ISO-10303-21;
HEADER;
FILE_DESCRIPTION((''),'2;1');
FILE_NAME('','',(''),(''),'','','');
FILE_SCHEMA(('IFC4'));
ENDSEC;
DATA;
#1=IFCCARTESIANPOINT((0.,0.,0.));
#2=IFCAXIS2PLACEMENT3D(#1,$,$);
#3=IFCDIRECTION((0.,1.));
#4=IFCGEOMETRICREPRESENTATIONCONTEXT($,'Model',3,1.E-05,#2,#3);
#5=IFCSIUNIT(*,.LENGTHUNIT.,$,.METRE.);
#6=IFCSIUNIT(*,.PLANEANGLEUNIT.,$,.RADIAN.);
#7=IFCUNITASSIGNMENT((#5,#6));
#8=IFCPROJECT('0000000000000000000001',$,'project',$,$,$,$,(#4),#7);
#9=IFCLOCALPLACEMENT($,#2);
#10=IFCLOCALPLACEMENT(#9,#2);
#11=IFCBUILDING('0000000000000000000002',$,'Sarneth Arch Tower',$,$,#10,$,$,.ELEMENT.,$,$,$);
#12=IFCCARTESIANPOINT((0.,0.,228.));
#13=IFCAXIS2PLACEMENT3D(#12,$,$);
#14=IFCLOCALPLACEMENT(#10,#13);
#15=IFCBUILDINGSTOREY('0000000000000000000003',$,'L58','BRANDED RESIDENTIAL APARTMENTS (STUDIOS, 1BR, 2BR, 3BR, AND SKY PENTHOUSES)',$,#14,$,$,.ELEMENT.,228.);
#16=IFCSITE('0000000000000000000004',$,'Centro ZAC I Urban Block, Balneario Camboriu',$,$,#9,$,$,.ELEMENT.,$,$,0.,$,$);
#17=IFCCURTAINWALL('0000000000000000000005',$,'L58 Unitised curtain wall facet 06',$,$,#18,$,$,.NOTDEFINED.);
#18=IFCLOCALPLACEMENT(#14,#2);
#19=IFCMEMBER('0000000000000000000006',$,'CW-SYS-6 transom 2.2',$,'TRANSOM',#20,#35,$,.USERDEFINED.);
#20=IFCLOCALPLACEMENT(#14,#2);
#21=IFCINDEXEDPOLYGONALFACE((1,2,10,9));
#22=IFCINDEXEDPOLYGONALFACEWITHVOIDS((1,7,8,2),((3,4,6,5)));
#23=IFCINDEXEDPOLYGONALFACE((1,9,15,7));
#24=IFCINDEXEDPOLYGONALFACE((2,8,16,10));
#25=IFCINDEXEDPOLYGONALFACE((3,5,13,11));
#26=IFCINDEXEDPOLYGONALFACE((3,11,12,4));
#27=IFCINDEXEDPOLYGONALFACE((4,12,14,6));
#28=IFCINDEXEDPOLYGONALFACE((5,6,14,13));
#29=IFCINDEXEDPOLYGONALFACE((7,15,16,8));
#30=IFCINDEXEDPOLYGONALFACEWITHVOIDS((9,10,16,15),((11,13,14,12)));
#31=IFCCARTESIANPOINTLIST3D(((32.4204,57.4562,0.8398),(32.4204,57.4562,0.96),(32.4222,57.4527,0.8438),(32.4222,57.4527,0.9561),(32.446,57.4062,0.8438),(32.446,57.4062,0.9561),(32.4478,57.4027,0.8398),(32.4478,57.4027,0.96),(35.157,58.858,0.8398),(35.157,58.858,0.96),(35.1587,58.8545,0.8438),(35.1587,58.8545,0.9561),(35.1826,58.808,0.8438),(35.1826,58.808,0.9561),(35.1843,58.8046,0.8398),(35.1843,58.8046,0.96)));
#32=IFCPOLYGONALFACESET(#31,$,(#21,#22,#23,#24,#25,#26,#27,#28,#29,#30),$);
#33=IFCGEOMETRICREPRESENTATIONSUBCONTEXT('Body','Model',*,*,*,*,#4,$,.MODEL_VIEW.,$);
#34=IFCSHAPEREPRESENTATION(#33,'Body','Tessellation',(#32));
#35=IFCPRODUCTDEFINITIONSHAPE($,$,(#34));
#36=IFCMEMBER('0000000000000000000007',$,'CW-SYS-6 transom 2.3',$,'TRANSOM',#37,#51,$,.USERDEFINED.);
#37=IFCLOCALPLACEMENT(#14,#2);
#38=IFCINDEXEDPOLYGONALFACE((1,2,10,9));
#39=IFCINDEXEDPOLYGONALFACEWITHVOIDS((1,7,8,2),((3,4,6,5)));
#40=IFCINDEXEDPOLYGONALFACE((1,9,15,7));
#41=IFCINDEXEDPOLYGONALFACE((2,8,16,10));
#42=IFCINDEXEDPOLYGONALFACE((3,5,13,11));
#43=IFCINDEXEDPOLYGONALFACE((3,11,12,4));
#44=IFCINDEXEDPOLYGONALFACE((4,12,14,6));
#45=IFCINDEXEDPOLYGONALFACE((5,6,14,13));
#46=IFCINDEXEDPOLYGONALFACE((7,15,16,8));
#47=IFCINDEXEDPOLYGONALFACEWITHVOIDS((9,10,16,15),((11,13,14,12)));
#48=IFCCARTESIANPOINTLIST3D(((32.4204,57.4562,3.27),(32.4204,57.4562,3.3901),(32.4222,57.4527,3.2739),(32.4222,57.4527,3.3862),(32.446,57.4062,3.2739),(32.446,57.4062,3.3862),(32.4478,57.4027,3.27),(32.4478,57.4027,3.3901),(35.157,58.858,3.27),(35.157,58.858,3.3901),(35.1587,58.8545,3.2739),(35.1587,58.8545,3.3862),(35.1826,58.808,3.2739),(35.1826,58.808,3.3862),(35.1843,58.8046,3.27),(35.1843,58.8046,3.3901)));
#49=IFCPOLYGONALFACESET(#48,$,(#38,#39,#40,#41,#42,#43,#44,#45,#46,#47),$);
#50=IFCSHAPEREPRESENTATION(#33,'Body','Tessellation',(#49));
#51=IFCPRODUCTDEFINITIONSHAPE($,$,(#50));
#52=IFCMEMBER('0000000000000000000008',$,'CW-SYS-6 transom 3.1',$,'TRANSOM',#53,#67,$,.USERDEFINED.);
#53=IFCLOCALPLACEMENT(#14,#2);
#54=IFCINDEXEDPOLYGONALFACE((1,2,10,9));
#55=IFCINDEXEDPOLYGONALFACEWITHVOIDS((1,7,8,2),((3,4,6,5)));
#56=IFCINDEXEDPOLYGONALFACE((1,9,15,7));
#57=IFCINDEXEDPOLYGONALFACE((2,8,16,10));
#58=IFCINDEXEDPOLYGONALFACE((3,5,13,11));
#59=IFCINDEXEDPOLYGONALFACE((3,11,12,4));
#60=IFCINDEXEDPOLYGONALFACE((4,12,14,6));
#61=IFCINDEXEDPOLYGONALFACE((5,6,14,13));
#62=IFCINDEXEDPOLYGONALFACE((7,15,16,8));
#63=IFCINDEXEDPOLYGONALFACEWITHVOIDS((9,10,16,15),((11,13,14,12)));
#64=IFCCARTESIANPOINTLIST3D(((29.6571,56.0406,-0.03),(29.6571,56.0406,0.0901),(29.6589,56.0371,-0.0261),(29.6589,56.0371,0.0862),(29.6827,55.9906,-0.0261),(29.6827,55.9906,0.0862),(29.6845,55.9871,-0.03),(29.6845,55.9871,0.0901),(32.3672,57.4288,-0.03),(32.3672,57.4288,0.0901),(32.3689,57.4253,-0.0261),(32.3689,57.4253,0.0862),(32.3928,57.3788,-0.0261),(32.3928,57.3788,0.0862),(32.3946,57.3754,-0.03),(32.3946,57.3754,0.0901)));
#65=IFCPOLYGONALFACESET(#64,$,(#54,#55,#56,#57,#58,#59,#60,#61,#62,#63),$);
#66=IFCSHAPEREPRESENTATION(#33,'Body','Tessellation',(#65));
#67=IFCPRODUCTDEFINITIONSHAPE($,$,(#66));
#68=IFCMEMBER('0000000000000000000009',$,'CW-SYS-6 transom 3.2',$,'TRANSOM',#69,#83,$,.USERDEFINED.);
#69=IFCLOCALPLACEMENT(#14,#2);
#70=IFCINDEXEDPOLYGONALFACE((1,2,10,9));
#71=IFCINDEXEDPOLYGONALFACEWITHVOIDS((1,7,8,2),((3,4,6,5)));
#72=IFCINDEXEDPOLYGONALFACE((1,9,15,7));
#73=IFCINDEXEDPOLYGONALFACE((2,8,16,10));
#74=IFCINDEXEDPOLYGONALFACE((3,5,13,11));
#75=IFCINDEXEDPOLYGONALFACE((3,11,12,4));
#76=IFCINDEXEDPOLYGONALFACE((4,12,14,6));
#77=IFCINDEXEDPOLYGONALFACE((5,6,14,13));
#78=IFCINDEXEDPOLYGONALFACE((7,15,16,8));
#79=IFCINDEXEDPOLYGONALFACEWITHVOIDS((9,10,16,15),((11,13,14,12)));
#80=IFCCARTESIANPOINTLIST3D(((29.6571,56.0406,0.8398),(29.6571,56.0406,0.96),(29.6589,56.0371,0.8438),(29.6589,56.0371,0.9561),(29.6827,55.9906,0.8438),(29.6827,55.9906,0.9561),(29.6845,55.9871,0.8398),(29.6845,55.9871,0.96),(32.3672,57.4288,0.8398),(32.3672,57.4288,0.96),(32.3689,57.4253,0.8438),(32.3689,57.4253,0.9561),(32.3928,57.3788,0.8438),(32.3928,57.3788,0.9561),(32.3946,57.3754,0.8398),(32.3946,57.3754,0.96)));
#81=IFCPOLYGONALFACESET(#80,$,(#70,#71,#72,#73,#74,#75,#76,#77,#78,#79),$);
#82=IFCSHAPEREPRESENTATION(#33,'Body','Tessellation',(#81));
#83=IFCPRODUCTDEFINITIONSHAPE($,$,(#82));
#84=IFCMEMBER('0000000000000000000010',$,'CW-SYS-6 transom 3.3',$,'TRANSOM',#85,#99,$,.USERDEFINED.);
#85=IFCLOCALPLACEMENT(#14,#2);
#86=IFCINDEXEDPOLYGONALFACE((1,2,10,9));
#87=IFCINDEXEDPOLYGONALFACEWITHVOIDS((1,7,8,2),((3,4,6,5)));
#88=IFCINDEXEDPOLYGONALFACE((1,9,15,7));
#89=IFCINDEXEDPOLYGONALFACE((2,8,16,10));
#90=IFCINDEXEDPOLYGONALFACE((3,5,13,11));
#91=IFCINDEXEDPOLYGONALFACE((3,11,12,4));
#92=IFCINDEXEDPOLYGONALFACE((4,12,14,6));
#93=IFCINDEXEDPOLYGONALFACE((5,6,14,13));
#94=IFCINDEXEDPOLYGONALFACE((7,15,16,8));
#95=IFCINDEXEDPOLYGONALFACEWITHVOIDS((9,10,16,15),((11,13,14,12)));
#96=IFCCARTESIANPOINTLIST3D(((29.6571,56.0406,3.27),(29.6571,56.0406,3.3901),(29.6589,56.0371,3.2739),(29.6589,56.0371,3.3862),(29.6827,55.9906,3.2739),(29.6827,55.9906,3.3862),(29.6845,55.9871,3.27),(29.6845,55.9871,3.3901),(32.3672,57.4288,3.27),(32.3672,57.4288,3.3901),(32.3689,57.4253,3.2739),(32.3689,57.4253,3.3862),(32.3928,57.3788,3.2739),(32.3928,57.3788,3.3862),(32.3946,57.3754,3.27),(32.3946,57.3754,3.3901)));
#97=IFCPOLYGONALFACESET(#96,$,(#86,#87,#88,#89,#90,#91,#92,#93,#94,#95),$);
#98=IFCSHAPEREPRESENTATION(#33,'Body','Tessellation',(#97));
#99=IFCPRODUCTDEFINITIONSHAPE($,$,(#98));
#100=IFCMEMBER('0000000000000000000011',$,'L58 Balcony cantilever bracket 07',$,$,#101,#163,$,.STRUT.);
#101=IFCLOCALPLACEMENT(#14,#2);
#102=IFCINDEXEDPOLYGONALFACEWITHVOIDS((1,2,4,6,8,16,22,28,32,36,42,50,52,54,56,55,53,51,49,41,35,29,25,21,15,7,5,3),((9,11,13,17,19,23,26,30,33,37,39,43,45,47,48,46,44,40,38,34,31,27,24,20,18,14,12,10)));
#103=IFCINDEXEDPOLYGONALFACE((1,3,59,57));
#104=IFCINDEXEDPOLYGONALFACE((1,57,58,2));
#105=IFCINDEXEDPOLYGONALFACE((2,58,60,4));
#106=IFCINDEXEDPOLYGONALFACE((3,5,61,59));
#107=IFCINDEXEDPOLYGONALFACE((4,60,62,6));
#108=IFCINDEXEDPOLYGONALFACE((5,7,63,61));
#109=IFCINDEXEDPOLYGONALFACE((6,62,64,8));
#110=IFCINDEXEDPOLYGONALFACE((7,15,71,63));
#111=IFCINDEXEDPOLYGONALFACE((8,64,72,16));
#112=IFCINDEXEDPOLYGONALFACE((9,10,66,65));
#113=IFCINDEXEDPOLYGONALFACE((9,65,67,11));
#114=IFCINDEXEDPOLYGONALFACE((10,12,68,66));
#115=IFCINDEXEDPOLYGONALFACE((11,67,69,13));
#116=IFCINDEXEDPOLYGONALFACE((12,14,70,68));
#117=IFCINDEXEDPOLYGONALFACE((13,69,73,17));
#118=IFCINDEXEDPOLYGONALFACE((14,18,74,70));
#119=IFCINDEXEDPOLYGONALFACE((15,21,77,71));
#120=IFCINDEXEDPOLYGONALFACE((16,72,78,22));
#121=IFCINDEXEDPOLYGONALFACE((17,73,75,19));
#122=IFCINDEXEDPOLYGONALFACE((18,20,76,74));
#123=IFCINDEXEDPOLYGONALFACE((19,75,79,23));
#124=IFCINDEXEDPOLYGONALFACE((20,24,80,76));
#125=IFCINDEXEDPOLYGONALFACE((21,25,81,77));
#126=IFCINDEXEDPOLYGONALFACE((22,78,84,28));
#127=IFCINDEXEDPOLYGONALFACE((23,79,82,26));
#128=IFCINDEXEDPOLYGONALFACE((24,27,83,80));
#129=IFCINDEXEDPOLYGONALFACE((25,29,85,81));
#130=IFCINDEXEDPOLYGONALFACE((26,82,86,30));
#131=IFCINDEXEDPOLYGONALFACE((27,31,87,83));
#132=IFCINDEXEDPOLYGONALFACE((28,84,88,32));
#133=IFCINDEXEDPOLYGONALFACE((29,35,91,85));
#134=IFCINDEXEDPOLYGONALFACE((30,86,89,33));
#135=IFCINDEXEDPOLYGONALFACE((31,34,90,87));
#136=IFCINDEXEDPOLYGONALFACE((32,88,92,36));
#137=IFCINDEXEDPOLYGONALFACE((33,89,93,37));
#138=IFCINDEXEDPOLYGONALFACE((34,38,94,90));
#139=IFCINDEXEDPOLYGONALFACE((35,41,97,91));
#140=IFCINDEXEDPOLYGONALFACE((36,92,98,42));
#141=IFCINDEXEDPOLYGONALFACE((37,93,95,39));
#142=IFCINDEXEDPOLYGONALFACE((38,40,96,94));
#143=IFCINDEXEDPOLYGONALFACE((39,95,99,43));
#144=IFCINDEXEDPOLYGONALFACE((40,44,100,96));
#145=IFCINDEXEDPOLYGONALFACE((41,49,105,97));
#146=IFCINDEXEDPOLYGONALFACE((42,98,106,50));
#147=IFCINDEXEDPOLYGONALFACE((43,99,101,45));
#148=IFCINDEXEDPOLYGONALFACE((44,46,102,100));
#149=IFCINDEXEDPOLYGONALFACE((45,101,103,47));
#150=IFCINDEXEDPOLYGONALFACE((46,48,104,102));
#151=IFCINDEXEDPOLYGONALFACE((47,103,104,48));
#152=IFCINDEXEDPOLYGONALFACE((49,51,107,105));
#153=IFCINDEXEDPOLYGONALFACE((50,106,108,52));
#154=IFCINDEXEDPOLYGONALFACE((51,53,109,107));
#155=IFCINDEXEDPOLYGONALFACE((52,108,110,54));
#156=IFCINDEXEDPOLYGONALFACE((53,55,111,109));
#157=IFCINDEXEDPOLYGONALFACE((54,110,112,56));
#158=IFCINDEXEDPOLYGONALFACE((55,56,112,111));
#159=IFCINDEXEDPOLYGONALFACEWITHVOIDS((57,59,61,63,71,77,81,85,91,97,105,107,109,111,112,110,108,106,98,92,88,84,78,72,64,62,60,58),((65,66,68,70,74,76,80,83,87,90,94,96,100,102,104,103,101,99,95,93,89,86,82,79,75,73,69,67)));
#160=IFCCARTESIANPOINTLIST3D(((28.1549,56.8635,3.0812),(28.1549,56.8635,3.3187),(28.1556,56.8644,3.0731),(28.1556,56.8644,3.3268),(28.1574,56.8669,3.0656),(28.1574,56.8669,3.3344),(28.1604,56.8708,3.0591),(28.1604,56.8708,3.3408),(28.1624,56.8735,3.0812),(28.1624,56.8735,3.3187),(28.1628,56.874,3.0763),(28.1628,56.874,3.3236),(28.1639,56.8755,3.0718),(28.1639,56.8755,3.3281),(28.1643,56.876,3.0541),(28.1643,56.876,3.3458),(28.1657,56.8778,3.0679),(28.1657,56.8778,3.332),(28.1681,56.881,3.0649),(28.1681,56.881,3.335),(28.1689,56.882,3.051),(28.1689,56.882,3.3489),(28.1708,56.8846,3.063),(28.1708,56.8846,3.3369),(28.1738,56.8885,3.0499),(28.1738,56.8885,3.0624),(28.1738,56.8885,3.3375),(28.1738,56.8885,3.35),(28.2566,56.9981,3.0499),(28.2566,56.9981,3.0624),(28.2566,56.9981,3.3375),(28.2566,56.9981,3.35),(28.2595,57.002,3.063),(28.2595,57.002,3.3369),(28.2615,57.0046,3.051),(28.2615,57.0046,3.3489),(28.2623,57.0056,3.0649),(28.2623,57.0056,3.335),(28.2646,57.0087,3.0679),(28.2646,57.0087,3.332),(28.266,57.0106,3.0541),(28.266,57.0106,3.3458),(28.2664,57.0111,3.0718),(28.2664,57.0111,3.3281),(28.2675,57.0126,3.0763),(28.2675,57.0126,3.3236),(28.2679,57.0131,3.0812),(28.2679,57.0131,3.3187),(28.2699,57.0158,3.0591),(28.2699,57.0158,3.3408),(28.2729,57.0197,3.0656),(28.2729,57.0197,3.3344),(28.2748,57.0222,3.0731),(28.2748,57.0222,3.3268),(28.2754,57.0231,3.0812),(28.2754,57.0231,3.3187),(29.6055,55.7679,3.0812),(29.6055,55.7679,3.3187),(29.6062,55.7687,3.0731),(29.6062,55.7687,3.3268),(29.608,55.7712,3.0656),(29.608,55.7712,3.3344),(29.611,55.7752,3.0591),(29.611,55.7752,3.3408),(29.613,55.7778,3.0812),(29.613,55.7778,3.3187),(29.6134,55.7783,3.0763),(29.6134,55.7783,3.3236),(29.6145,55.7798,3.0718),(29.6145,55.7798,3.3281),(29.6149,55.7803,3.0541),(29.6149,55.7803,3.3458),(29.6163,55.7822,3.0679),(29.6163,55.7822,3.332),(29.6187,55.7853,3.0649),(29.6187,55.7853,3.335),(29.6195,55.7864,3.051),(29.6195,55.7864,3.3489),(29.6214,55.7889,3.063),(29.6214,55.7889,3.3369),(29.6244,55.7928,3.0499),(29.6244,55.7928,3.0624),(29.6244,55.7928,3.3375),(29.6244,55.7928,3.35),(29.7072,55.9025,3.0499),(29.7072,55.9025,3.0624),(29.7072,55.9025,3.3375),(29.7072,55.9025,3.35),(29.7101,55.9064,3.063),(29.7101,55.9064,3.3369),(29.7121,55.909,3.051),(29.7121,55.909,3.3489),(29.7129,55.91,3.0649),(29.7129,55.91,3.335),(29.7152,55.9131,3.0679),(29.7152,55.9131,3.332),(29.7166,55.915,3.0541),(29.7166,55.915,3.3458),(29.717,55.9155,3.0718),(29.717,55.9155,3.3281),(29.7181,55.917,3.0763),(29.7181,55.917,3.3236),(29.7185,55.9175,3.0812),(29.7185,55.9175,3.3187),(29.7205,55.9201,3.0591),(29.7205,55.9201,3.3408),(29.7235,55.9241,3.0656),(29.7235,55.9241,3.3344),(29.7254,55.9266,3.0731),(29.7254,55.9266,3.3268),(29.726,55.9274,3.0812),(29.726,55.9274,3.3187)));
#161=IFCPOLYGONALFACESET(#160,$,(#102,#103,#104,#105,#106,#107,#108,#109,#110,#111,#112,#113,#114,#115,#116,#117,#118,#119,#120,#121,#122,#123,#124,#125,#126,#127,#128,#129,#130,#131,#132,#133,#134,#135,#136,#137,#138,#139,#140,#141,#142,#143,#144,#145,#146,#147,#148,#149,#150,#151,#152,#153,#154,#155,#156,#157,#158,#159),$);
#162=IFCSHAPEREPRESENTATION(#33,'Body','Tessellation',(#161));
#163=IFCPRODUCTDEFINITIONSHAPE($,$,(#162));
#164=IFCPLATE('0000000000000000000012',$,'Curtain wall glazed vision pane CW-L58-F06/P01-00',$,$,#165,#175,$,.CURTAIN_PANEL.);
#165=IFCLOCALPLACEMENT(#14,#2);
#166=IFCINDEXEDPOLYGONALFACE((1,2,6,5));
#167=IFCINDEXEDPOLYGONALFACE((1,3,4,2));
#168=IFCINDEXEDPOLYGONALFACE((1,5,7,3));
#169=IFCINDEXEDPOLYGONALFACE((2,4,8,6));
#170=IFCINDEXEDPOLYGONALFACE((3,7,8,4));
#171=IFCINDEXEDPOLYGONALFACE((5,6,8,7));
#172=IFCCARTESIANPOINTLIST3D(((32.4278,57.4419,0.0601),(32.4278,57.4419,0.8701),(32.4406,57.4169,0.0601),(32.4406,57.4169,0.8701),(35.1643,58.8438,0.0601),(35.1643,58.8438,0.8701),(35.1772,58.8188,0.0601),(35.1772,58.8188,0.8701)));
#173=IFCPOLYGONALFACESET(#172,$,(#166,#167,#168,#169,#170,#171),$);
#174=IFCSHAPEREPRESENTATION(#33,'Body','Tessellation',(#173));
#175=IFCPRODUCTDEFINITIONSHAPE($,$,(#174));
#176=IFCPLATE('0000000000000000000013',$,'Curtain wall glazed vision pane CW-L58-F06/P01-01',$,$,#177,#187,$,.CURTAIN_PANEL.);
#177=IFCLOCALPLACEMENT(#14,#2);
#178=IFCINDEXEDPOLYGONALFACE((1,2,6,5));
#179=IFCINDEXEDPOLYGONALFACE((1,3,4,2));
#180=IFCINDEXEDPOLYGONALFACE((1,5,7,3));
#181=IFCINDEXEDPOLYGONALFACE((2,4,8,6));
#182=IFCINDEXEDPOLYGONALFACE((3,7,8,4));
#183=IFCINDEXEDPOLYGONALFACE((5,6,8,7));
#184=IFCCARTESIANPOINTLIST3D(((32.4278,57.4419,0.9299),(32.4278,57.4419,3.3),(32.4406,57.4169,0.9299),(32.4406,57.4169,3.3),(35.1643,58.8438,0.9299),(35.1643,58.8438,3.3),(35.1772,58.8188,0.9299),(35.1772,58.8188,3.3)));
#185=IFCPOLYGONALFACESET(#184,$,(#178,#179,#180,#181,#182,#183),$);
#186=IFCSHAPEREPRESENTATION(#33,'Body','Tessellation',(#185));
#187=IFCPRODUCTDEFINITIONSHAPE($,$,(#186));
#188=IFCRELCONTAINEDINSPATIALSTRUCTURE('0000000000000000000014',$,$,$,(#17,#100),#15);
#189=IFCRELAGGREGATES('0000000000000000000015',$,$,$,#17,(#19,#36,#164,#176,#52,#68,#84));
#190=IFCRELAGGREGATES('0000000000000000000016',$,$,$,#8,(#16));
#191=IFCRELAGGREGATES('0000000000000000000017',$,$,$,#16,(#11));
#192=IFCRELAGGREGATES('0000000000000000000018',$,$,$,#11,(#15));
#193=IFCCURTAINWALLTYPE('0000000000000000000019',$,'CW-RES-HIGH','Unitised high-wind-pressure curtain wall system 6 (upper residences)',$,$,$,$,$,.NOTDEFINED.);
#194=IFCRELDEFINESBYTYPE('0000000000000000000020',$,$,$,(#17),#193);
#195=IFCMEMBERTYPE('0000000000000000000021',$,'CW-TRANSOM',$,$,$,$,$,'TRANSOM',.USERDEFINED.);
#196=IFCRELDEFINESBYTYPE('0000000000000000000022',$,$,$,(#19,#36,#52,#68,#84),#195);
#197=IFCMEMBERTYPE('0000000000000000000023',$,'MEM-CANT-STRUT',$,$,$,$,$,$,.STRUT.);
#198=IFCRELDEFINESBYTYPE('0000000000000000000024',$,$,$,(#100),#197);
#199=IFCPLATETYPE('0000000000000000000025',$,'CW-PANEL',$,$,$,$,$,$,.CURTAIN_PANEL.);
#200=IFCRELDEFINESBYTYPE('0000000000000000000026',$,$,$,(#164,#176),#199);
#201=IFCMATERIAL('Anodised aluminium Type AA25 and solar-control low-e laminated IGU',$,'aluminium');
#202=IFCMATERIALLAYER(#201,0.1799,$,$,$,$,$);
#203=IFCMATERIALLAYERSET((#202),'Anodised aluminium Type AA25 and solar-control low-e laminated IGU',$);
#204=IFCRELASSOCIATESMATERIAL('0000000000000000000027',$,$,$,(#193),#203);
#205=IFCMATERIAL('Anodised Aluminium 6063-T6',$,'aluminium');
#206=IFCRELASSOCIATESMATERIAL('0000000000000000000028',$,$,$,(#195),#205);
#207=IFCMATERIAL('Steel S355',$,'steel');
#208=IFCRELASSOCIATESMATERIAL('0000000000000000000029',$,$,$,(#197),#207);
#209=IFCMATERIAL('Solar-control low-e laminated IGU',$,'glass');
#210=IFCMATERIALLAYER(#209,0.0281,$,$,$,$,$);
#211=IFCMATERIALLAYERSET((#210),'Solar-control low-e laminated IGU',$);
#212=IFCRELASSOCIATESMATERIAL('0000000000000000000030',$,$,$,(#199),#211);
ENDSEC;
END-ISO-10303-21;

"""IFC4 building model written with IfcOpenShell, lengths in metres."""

from ifc_helpers import new_model, si_unit, direction, frame, origin, origin_2d, place, context, subcontext, project, spatial, rectangle, hollow_rectangle, extrude, material, layer, layer_set, material_profile, profile_set, type_object, element, aggregate, save


model = new_model("IFC4")

# Units and contexts
model_context = context("Model", 3, precision=1e-05, world=origin(), true_north=direction((0.0, 1.0)))
body_context = subcontext(model_context, "Body", "Model", "MODEL_VIEW")
ifc_project = project(units=[si_unit("LENGTHUNIT", "METRE"), si_unit("PLANEANGLEUNIT", "RADIAN")], contexts=[model_context])

# Site, building, storey
site_placement = place(None, origin())
site = spatial("IfcSite", under=ifc_project, at=site_placement, Name="Centro ZAC I Urban Block, Balneario Camboriu", CompositionType="ELEMENT", RefElevation=0.0)
building_placement = place(site_placement, origin())
building = spatial("IfcBuilding", under=site, at=building_placement, Name="Sarneth Arch Tower", CompositionType="ELEMENT")
storey_placement = place(building_placement, frame((0.0, 0.0, 228.0)))
storey = spatial("IfcBuildingStorey", under=building, at=storey_placement, Name="L58", Description="BRANDED RESIDENTIAL APARTMENTS (STUDIOS, 1BR, 2BR, 3BR, AND SKY PENTHOUSES)", CompositionType="ELEMENT", Elevation=228.0)

# Curtain wall, members
ifc_material_1 = material(Name="Anodised aluminium Type AA25 and solar-control low-e laminated IGU", Category="aluminium")
ifc_layer_1 = layer(ifc_material_1, 0.1799)
ifc_layer_set_1 = layer_set([ifc_layer_1], Name="Anodised aluminium Type AA25 and solar-control low-e laminated IGU")
curtain_wall_type = type_object("IfcCurtainWallType", Name="CW-RES-HIGH", Description="Unitised high-wind-pressure curtain wall system 6 (upper residences)", PredefinedType="NOTDEFINED", material=ifc_layer_set_1)
curtain_wall_placement = place(storey_placement, origin())
curtain_wall = element("IfcCurtainWall", 1, at=curtain_wall_placement, inside=storey, type_object=curtain_wall_type, Name="L58 Unitised curtain wall facet 06", PredefinedType="NOTDEFINED")
ifc_material_2 = material(Name="Anodised Aluminium 6063-T6", Category="aluminium")
ifc_material_profile_1 = material_profile(ifc_material_2, hollow_rectangle(XDim=0.0601, YDim=0.1201, WallThickness=0.0039, at=origin_2d()), Name="AL-TRAN-120x60x4")
ifc_profile_set_1 = profile_set([ifc_material_profile_1], Name="Anodised Aluminium 6063-T6")
member_type_1 = type_object("IfcMemberType", Name="CW-TRANSOM", ElementType="TRANSOM", PredefinedType="USERDEFINED", material=ifc_profile_set_1)
member_1_placement = place(storey_placement, frame((35.1707, 58.8313, 0.8999), z_axis=(-0.890017, -0.455926, 0.0), x_axis=(0.455926, -0.890017, 0.0)))
member_1 = element("IfcMember", 2, at=member_1_placement, type_object=member_type_1, Name="CW-SYS-6 transom 2.2", ObjectType="TRANSOM", PredefinedType="USERDEFINED", context=body_context, shape_type="SweptSolid", body=[
    extrude(hollow_rectangle(XDim=0.0601, YDim=0.1201, WallThickness=0.0039, at=origin_2d()), origin(), (0.0, 0.0, 1.0), 3.0747),
])
member_2_placement = place(storey_placement, frame((35.1707, 58.8313, 3.3301), z_axis=(-0.890017, -0.455926, 0.0), x_axis=(0.455926, -0.890017, 0.0)))
member_2 = element("IfcMember", 3, at=member_2_placement, type_object=member_type_1, Name="CW-SYS-6 transom 2.3", ObjectType="TRANSOM", PredefinedType="USERDEFINED", context=body_context, shape_type="SweptSolid", body=[
    extrude(hollow_rectangle(XDim=0.0601, YDim=0.1201, WallThickness=0.0039, at=origin_2d()), origin(), (0.0, 0.0, 1.0), 3.0747),
])
member_3_placement = place(storey_placement, frame((32.3809, 57.4021, 0.03), z_axis=(-0.890023, -0.455916, 0.0), x_axis=(0.455916, -0.890023, 0.0)))
member_3 = element("IfcMember", 4, at=member_3_placement, type_object=member_type_1, Name="CW-SYS-6 transom 3.1", ObjectType="TRANSOM", PredefinedType="USERDEFINED", context=body_context, shape_type="SweptSolid", body=[
    extrude(hollow_rectangle(XDim=0.0601, YDim=0.1201, WallThickness=0.0039, at=origin_2d()), origin(), (0.0, 0.0, 1.0), 3.0449),
])
member_4_placement = place(storey_placement, frame((32.3809, 57.4021, 0.8999), z_axis=(-0.890023, -0.455916, 0.0), x_axis=(0.455916, -0.890023, 0.0)))
member_4 = element("IfcMember", 5, at=member_4_placement, type_object=member_type_1, Name="CW-SYS-6 transom 3.2", ObjectType="TRANSOM", PredefinedType="USERDEFINED", context=body_context, shape_type="SweptSolid", body=[
    extrude(hollow_rectangle(XDim=0.0601, YDim=0.1201, WallThickness=0.0039, at=origin_2d()), origin(), (0.0, 0.0, 1.0), 3.0449),
])
member_5_placement = place(storey_placement, frame((32.3809, 57.4021, 3.3301), z_axis=(-0.890023, -0.455916, 0.0), x_axis=(0.455916, -0.890023, 0.0)))
member_5 = element("IfcMember", 6, at=member_5_placement, type_object=member_type_1, Name="CW-SYS-6 transom 3.3", ObjectType="TRANSOM", PredefinedType="USERDEFINED", context=body_context, shape_type="SweptSolid", body=[
    extrude(hollow_rectangle(XDim=0.0601, YDim=0.1201, WallThickness=0.0039, at=origin_2d()), origin(), (0.0, 0.0, 1.0), 3.0449),
])

# Member
ifc_material_3 = material(Name="Steel S355", Category="steel")
ifc_material_profile_2 = material_profile(ifc_material_3, hollow_rectangle(XDim=0.2, YDim=0.3, WallThickness=0.0125, InnerFilletRadius=0.0188, OuterFilletRadius=0.0312, at=origin_2d()), Name="RHS300x200x12.5")
ifc_profile_set_2 = profile_set([ifc_material_profile_2], Name="Steel S355")
member_type_2 = type_object("IfcMemberType", Name="MEM-CANT-STRUT", PredefinedType="STRUT", material=ifc_profile_set_2)
member_6_placement = place(storey_placement, frame((29.6658, 55.8477, 3.2), z_axis=(-0.797965, 0.602704, 0.0), x_axis=(-0.602704, -0.797965, 0.0)))
element("IfcMember", 7, at=member_6_placement, inside=storey, type_object=member_type_2, Name="L58 Balcony cantilever bracket 07", PredefinedType="STRUT", context=body_context, shape_type="SweptSolid", body=[
    extrude(hollow_rectangle(XDim=0.2, YDim=0.3, WallThickness=0.0125, InnerFilletRadius=0.0188, OuterFilletRadius=0.0312, at=origin_2d()), origin(), (0.0, 0.0, 1.0), 1.8179),
])

# Plates
ifc_material_4 = material(Name="Solar-control low-e laminated IGU", Category="glass")
ifc_layer_2 = layer(ifc_material_4, 0.0281)
ifc_layer_set_2 = layer_set([ifc_layer_2], Name="Solar-control low-e laminated IGU")
plate_type_1 = type_object("IfcPlateType", Name="CW-PANEL", PredefinedType="CURTAIN_PANEL", material=ifc_layer_set_2)
plate_1_placement = place(storey_placement, frame((33.8025, 58.1304, 0.0601), z_axis=(0.0, 0.0, 1.0), x_axis=(-0.89001, -0.455942, 0.0)))
plate_1 = element("IfcPlate", 8, at=plate_1_placement, type_object=plate_type_1, Name="Curtain wall glazed vision pane CW-L58-F06/P01-00", PredefinedType="CURTAIN_PANEL", context=body_context, shape_type="SweptSolid", body=[
    extrude(rectangle(XDim=3.0747, YDim=0.0281, at=origin_2d()), origin(), (0.0, 0.0, 1.0), 0.8101),
])
plate_2_placement = place(storey_placement, frame((33.8025, 58.1304, 0.9299), z_axis=(0.0, 0.0, 1.0), x_axis=(-0.89001, -0.455942, 0.0)))
plate_2 = element("IfcPlate", 9, at=plate_2_placement, type_object=plate_type_1, Name="Curtain wall glazed vision pane CW-L58-F06/P01-01", PredefinedType="CURTAIN_PANEL", context=body_context, shape_type="SweptSolid", body=[
    extrude(rectangle(XDim=3.0747, YDim=0.0281, at=origin_2d()), origin(), (0.0, 0.0, 1.0), 2.3701),
])
aggregate(curtain_wall, [member_1, member_2, plate_1, plate_2, member_3, member_4, member_5])

save(model, "model.ifc")
